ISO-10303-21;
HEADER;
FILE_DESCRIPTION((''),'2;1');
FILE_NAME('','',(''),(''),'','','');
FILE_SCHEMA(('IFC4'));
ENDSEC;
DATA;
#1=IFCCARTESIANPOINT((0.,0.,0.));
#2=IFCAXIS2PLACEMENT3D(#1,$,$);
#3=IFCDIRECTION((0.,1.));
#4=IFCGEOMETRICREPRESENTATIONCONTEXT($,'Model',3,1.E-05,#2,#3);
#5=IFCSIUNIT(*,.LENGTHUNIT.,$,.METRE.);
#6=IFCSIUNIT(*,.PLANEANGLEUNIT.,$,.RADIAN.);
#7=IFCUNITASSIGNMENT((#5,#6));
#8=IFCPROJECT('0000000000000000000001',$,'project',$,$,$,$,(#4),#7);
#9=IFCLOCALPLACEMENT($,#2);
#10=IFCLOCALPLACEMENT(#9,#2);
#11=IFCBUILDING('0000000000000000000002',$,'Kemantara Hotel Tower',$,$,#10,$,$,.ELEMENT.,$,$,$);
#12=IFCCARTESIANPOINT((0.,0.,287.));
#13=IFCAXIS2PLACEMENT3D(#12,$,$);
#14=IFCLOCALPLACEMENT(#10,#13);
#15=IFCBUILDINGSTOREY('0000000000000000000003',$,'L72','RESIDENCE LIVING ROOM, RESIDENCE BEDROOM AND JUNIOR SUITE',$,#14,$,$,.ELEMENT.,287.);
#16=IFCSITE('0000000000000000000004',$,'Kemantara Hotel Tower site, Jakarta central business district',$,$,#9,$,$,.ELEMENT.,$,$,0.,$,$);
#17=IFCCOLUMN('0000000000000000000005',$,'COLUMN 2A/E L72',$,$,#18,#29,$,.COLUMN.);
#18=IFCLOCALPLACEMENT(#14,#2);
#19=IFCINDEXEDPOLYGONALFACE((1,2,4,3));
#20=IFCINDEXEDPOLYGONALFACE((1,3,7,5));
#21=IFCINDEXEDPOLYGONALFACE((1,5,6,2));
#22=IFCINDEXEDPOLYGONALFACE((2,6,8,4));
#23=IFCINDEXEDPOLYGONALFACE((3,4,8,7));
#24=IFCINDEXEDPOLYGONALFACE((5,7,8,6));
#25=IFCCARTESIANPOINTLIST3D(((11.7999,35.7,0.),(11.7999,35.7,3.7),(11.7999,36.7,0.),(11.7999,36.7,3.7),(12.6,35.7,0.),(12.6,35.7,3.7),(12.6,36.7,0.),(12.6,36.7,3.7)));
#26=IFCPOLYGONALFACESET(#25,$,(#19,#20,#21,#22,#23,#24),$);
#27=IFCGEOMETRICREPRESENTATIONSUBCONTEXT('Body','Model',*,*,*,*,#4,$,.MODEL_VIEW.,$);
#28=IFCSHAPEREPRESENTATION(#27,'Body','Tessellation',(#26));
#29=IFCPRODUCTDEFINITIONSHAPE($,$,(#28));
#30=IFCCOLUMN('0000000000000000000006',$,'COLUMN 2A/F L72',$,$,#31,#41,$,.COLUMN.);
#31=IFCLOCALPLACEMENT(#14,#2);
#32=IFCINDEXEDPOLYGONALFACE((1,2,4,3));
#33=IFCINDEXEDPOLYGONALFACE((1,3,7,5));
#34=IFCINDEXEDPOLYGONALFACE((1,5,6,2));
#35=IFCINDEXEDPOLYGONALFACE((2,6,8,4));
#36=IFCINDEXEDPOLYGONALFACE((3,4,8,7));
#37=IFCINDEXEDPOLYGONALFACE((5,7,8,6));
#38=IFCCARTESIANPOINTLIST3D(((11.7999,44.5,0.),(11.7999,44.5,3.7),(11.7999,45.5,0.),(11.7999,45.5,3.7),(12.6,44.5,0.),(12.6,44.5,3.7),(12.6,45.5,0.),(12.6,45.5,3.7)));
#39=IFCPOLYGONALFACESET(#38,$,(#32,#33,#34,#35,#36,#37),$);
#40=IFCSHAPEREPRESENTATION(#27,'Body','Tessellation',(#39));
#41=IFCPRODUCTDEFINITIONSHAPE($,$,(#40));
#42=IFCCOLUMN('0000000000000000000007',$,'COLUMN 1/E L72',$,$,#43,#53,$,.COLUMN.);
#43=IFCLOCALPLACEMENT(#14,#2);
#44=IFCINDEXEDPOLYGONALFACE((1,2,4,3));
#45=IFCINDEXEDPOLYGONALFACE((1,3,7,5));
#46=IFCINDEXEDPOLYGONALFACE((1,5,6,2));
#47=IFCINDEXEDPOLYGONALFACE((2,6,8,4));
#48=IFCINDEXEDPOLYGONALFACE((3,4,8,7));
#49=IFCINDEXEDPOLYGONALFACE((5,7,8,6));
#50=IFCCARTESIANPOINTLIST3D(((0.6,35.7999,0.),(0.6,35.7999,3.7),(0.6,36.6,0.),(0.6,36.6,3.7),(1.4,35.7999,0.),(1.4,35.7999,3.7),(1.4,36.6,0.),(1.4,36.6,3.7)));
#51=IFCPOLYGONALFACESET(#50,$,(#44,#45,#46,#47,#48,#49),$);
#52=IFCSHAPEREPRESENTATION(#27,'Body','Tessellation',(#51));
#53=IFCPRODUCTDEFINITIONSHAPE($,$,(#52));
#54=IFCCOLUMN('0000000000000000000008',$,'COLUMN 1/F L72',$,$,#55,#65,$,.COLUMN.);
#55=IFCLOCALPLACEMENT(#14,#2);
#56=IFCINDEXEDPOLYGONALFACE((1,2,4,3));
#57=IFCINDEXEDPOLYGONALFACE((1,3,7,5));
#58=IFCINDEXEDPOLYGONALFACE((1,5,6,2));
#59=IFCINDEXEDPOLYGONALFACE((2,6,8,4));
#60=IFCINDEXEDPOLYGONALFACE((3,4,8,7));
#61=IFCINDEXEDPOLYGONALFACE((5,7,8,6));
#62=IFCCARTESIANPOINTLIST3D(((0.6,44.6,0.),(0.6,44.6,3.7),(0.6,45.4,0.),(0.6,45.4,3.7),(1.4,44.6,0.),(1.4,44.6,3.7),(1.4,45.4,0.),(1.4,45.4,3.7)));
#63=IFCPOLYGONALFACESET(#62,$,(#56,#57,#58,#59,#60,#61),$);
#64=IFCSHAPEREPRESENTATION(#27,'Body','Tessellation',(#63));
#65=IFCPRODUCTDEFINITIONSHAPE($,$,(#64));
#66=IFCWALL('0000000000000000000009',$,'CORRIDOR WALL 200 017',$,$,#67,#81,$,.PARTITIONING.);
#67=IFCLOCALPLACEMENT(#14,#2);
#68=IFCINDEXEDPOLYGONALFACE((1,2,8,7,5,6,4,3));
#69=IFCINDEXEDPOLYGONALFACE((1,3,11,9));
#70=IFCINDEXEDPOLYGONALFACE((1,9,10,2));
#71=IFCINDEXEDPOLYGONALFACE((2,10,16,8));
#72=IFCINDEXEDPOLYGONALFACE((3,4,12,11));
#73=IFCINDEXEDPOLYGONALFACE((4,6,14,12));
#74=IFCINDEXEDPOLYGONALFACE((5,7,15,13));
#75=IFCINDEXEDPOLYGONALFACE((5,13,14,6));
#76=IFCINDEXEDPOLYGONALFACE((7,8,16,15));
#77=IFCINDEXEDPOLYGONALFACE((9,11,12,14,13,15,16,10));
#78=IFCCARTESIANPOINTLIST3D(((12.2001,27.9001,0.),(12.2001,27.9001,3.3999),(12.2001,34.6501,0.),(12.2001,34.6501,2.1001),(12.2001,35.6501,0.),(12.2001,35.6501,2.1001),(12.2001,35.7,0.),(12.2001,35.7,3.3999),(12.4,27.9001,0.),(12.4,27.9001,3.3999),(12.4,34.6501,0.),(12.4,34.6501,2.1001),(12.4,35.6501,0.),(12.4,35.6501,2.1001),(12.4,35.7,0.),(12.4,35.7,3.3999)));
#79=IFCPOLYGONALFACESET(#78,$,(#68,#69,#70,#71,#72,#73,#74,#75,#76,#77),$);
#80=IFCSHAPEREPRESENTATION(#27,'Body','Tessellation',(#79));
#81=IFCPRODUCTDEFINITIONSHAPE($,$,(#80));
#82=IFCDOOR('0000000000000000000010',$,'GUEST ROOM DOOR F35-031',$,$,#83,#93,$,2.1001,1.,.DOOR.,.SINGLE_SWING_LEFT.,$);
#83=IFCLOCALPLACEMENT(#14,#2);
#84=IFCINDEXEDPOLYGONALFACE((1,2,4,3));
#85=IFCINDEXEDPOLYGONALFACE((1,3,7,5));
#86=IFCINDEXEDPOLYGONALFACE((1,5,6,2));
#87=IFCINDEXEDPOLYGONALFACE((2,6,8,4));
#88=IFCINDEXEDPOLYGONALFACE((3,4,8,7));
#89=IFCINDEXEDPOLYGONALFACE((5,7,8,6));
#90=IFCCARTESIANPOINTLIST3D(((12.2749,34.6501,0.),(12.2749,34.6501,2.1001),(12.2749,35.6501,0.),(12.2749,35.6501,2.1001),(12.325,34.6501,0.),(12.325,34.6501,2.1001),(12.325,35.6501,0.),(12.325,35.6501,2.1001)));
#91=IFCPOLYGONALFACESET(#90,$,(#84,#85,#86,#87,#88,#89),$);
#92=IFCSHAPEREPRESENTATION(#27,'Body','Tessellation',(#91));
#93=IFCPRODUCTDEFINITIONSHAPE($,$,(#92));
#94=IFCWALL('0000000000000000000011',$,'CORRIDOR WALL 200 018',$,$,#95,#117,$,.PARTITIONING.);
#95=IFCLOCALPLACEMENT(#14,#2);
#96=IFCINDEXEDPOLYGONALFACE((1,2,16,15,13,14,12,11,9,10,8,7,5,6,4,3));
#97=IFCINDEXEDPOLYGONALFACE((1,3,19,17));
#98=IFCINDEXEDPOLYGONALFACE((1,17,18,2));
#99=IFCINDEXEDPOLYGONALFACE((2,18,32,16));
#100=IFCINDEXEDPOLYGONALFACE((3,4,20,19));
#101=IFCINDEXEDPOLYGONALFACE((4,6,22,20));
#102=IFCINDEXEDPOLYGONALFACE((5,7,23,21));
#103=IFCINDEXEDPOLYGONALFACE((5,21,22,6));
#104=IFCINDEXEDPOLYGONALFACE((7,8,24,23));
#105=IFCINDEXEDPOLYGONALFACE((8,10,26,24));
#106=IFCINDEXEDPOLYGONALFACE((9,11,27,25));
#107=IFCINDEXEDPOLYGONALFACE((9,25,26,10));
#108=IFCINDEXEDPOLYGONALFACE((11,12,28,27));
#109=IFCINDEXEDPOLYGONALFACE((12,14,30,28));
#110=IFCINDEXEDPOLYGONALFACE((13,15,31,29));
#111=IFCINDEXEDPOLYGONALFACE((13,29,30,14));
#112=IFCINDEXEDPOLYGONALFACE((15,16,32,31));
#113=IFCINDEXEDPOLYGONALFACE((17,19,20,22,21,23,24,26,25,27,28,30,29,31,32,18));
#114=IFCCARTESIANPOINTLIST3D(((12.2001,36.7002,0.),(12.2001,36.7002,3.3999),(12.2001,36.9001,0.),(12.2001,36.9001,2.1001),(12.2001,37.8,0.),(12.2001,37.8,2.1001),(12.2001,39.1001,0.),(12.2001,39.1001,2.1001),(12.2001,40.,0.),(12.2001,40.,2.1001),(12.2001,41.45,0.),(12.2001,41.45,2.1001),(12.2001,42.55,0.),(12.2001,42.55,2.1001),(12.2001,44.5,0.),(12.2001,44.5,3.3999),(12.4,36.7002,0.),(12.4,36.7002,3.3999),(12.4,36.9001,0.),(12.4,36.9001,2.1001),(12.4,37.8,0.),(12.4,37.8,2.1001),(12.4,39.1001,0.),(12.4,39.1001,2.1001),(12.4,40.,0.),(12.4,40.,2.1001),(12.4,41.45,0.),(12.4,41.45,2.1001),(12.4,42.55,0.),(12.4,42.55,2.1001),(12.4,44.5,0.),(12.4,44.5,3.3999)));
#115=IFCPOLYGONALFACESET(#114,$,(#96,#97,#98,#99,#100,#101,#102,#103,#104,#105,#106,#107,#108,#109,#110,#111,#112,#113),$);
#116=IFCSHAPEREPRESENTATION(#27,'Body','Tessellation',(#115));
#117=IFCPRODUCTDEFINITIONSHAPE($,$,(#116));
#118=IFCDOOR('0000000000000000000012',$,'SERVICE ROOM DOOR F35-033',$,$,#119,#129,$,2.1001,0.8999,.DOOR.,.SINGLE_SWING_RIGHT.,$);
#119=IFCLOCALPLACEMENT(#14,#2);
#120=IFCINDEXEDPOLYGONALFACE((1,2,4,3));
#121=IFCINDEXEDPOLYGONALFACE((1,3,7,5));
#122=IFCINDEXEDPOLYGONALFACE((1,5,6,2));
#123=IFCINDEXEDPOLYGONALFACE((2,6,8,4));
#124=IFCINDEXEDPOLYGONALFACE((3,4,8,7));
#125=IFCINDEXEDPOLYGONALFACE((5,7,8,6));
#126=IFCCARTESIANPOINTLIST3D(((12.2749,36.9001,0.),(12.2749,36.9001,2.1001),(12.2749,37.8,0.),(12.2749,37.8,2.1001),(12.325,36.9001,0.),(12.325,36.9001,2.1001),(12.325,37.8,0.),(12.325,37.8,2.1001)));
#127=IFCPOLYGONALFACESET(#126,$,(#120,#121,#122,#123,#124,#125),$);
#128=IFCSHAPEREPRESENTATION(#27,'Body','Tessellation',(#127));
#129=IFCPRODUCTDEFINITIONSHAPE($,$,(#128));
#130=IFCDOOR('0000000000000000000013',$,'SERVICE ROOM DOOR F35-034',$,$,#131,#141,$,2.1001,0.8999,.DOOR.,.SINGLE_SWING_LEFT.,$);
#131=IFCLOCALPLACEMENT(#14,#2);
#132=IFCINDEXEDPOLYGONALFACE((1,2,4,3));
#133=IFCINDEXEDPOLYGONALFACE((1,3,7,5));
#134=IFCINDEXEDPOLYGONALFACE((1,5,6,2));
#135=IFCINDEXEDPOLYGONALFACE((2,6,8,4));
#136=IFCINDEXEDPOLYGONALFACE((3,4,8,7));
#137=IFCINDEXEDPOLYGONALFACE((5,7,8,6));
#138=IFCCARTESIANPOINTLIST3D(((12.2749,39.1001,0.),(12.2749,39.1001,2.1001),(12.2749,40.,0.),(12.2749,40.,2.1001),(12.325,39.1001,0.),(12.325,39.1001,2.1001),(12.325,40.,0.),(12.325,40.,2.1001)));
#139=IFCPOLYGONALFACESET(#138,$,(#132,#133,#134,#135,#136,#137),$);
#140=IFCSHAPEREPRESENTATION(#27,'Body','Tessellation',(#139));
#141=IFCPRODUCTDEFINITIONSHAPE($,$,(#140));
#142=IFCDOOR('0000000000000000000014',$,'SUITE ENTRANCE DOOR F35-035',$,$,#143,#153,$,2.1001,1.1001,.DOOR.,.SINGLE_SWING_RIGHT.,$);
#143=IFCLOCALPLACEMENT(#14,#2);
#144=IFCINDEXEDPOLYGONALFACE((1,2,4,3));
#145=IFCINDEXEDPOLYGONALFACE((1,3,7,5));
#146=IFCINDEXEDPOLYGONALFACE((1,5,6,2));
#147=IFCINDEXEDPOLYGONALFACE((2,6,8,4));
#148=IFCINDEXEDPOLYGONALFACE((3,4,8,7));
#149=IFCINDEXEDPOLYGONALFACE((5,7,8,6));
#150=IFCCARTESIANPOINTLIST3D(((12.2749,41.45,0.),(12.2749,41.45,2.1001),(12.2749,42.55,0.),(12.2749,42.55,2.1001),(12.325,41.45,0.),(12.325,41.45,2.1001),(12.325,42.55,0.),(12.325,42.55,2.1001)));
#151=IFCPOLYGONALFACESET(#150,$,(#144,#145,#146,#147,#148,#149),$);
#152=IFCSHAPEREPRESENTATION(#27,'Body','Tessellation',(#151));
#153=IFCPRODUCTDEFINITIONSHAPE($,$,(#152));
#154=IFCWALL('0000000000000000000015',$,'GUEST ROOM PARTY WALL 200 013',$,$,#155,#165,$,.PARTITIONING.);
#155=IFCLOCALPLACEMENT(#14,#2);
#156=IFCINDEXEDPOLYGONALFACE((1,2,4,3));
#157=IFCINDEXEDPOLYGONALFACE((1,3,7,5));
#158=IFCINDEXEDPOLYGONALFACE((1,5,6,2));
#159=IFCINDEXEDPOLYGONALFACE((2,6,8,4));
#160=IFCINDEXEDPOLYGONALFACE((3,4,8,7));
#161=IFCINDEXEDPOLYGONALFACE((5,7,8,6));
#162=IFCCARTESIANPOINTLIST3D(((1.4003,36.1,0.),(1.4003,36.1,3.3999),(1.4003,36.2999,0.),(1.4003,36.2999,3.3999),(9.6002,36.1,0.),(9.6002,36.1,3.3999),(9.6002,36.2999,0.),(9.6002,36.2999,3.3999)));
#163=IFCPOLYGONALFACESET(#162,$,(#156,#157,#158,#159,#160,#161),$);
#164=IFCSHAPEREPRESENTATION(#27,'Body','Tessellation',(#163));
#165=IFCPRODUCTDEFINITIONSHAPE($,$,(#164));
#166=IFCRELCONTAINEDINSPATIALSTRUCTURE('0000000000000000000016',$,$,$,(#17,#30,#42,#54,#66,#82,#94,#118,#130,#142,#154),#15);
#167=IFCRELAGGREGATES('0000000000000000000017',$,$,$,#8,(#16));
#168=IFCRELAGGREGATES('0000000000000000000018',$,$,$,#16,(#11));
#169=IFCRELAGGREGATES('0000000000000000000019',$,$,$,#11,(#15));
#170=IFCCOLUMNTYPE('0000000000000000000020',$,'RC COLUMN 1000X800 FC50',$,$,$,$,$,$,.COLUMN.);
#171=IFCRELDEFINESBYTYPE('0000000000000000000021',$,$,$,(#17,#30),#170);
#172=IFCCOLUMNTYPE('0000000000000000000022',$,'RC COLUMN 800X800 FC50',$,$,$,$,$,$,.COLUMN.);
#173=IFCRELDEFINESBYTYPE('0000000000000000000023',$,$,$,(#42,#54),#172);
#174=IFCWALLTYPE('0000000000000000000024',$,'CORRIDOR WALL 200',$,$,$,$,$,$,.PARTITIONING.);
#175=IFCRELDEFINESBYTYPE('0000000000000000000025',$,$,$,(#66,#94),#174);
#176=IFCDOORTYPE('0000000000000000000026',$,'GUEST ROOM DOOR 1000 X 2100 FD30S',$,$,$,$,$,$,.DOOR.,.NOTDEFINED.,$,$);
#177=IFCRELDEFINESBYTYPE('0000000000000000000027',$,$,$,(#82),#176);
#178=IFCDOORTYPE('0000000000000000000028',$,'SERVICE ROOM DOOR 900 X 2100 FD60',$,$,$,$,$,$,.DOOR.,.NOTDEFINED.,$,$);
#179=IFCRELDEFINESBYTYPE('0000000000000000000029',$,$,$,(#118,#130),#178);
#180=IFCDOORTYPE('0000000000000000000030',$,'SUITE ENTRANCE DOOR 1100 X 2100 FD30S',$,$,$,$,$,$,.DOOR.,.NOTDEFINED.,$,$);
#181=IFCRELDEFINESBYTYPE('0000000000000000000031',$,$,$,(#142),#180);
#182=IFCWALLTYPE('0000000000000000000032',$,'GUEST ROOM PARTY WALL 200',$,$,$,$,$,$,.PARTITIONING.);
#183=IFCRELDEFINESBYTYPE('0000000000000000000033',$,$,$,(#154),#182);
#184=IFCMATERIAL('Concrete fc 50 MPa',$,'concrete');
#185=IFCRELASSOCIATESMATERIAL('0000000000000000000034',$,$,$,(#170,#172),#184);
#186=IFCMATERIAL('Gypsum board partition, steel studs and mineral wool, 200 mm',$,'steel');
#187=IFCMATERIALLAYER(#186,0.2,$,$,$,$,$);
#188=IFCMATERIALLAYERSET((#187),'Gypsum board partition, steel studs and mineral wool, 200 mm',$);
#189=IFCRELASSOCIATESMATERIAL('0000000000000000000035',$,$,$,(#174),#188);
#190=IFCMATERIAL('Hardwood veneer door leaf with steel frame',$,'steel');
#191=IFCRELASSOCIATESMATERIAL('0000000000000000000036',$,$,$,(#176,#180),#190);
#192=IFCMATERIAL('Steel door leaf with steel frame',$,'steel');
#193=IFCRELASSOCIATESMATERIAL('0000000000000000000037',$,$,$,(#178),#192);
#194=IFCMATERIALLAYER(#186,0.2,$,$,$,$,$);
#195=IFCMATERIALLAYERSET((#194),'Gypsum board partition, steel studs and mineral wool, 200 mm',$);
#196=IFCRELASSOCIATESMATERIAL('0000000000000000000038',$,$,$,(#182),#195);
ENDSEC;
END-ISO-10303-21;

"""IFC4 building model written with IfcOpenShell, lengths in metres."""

from ifc_helpers import new_model, si_unit, direction, frame, frame_2d, origin, origin_2d, place, context, subcontext, project, spatial, rectangle, extrude, material, layer, layer_set, material_profile, profile_set, type_object, element, fill, save


model = new_model("IFC4")

# Units and contexts
model_context = context("Model", 3, precision=1e-05, world=origin(), true_north=direction((0.0, 1.0)))
body_context = subcontext(model_context, "Body", "Model", "MODEL_VIEW")
ifc_project = project(units=[si_unit("LENGTHUNIT", "METRE"), si_unit("PLANEANGLEUNIT", "RADIAN")], contexts=[model_context])

# Site, building, storey
site_placement = place(None, origin())
site = spatial("IfcSite", under=ifc_project, at=site_placement, Name="Kemantara Hotel Tower site, Jakarta central business district", CompositionType="ELEMENT", RefElevation=0.0)
building_placement = place(site_placement, origin())
building = spatial("IfcBuilding", under=site, at=building_placement, Name="Kemantara Hotel Tower", CompositionType="ELEMENT")
storey_placement = place(building_placement, frame((0.0, 0.0, 287.0)))
storey = spatial("IfcBuildingStorey", under=building, at=storey_placement, Name="L72", Description="RESIDENCE LIVING ROOM, RESIDENCE BEDROOM AND JUNIOR SUITE", CompositionType="ELEMENT", Elevation=287.0)

# Columns
ifc_material_1 = material(Name="Concrete fc 50 MPa", Category="concrete")
ifc_material_profile_1 = material_profile(ifc_material_1, rectangle(XDim=1.0, YDim=0.8, at=origin_2d()), Name="RC 1000X800")
ifc_profile_set_1 = profile_set([ifc_material_profile_1], Name="Concrete fc 50 MPa")
column_type_1 = type_object("IfcColumnType", Name="RC COLUMN 1000X800 FC50", PredefinedType="COLUMN", material=ifc_profile_set_1)
for number, where, z_axis, x_axis, name in (
    (1, (12.2, 36.2, 0.0), (0.0, 0.0, 1.0), (0.0, 1.0, 0.0), "COLUMN 2A/E L72"),
    (2, (12.2, 45.0, 0.0), (0.0, 0.0, 1.0), (0.0, 1.0, 0.0), "COLUMN 2A/F L72"),
):
    element("IfcColumn", number, at=place(storey_placement, frame(where, z_axis=z_axis, x_axis=x_axis)), inside=storey, type_object=column_type_1, Name=name, PredefinedType="COLUMN", context=body_context, shape_type="SweptSolid", body=[
        extrude(rectangle(XDim=1.0, YDim=0.8, at=origin_2d()), origin(), (0.0, 0.0, 1.0), 3.7),
    ])
ifc_material_profile_2 = material_profile(ifc_material_1, rectangle(XDim=0.8, YDim=0.8, at=origin_2d()), Name="RC 800X800")
ifc_profile_set_2 = profile_set([ifc_material_profile_2], Name="Concrete fc 50 MPa")
column_type_2 = type_object("IfcColumnType", Name="RC COLUMN 800X800 FC50", PredefinedType="COLUMN", material=ifc_profile_set_2)
for number, where, z_axis, x_axis, name in (
    (3, (1.0, 36.2, 0.0), (0.0, 0.0, 1.0), (1.0, 0.0, 0.0), "COLUMN 1/E L72"),
    (4, (1.0, 45.0, 0.0), (0.0, 0.0, 1.0), (1.0, 0.0, 0.0), "COLUMN 1/F L72"),
):
    element("IfcColumn", number, at=place(storey_placement, frame(where, z_axis=z_axis, x_axis=x_axis)), inside=storey, type_object=column_type_2, Name=name, PredefinedType="COLUMN", context=body_context, shape_type="SweptSolid", body=[
        extrude(rectangle(XDim=0.8, YDim=0.8, at=origin_2d()), origin(), (0.0, 0.0, 1.0), 3.7),
    ])

# Wall, opening, door
ifc_material_2 = material(Name="Gypsum board partition, steel studs and mineral wool, 200 mm", Category="steel")
ifc_layer_1 = layer(ifc_material_2, 0.2)
ifc_layer_set_1 = layer_set([ifc_layer_1], Name="Gypsum board partition, steel studs and mineral wool, 200 mm")
wall_type_1 = type_object("IfcWallType", Name="CORRIDOR WALL 200", PredefinedType="PARTITIONING", material=ifc_layer_set_1)
wall_1_placement = place(storey_placement, frame((12.3, 35.7, 0.0), z_axis=(0.0, 0.0, 1.0), x_axis=(0.0, -1.0, 0.0)))
wall_1 = element("IfcWall", 5, at=wall_1_placement, inside=storey, type_object=wall_type_1, Name="CORRIDOR WALL 200 017", PredefinedType="PARTITIONING", context=body_context, shape_type="SweptSolid", body=[
    extrude(rectangle(XDim=7.7998, YDim=0.2, at=frame_2d((3.8999, 0.0))), origin(), (0.0, 0.0, 1.0), 3.3999),
])
opening_1_placement = place(wall_1_placement, frame((0.0498, 0.0, 0.0)))
opening_1 = element("IfcOpeningElement", 6, at=opening_1_placement, cuts=wall_1, PredefinedType="OPENING", context=body_context, shape_type="SweptSolid", body=[
    extrude(rectangle(XDim=1.0, YDim=2.1001, at=frame_2d((0.5, 1.05))), frame((0.0, 0.1099, 0.0), z_axis=(0.0, -1.0, 0.0), x_axis=(1.0, 0.0, 0.0)), (0.0, 0.0, 1.0), 0.22),
])
ifc_material_3 = material(Name="Hardwood veneer door leaf with steel frame", Category="steel")
door_type_1 = type_object("IfcDoorType", Name="GUEST ROOM DOOR 1000 X 2100 FD30S", OperationType="NOTDEFINED", PredefinedType="DOOR", material=ifc_material_3)
door_1_placement = place(opening_1_placement, origin())
door_1 = element("IfcDoor", 7, at=door_1_placement, inside=storey, type_object=door_type_1, Name="GUEST ROOM DOOR F35-031", OperationType="SINGLE_SWING_LEFT", OverallHeight=2.1001, OverallWidth=1.0, PredefinedType="DOOR", context=body_context, shape_type="SweptSolid", body=[
    extrude(rectangle(XDim=1.0, YDim=2.1001, at=frame_2d((0.5, 1.05))), frame((0.0, 0.0249, 0.0), z_axis=(0.0, -1.0, 0.0), x_axis=(1.0, 0.0, 0.0)), (0.0, 0.0, 1.0), 0.05),
])
fill(opening_1, door_1)

# Wall, openings, doors
wall_2_placement = place(storey_placement, frame((12.3, 44.5, 0.0), z_axis=(0.0, 0.0, 1.0), x_axis=(0.0, -1.0, 0.0)))
wall_2 = element("IfcWall", 8, at=wall_2_placement, inside=storey, type_object=wall_type_1, Name="CORRIDOR WALL 200 018", PredefinedType="PARTITIONING", context=body_context, shape_type="SweptSolid", body=[
    extrude(rectangle(XDim=7.7998, YDim=0.2, at=frame_2d((3.8999, 0.0))), origin(), (0.0, 0.0, 1.0), 3.3999),
])
opening_2_placement = place(wall_2_placement, frame((6.7, 0.0, 0.0)))
opening_2 = element("IfcOpeningElement", 9, at=opening_2_placement, cuts=wall_2, PredefinedType="OPENING", context=body_context, shape_type="SweptSolid", body=[
    extrude(rectangle(XDim=0.8999, YDim=2.1001, at=frame_2d((0.45, 1.05))), frame((0.0, 0.1099, 0.0), z_axis=(0.0, -1.0, 0.0), x_axis=(1.0, 0.0, 0.0)), (0.0, 0.0, 1.0), 0.22),
])
opening_3_placement = place(wall_2_placement, frame((4.5, 0.0, 0.0)))
opening_3 = element("IfcOpeningElement", 10, at=opening_3_placement, cuts=wall_2, PredefinedType="OPENING", context=body_context, shape_type="SweptSolid", body=[
    extrude(rectangle(XDim=0.8999, YDim=2.1001, at=frame_2d((0.45, 1.05))), frame((0.0, 0.1099, 0.0), z_axis=(0.0, -1.0, 0.0), x_axis=(1.0, 0.0, 0.0)), (0.0, 0.0, 1.0), 0.22),
])
opening_4_placement = place(wall_2_placement, frame((1.95, 0.0, 0.0)))
opening_4 = element("IfcOpeningElement", 11, at=opening_4_placement, cuts=wall_2, PredefinedType="OPENING", context=body_context, shape_type="SweptSolid", body=[
    extrude(rectangle(XDim=1.1001, YDim=2.1001, at=frame_2d((0.55, 1.05))), frame((0.0, 0.1099, 0.0), z_axis=(0.0, -1.0, 0.0), x_axis=(1.0, 0.0, 0.0)), (0.0, 0.0, 1.0), 0.22),
])
ifc_material_4 = material(Name="Steel door leaf with steel frame", Category="steel")
door_type_2 = type_object("IfcDoorType", Name="SERVICE ROOM DOOR 900 X 2100 FD60", OperationType="NOTDEFINED", PredefinedType="DOOR", material=ifc_material_4)
door_2_placement = place(opening_2_placement, origin())
door_2 = element("IfcDoor", 12, at=door_2_placement, inside=storey, type_object=door_type_2, Name="SERVICE ROOM DOOR F35-033", OperationType="SINGLE_SWING_RIGHT", OverallHeight=2.1001, OverallWidth=0.8999, PredefinedType="DOOR", context=body_context, shape_type="SweptSolid", body=[
    extrude(rectangle(XDim=0.8999, YDim=2.1001, at=frame_2d((0.45, 1.05))), frame((0.0, 0.0249, 0.0), z_axis=(0.0, -1.0, 0.0), x_axis=(1.0, 0.0, 0.0)), (0.0, 0.0, 1.0), 0.05),
])
fill(opening_2, door_2)
door_3_placement = place(opening_3_placement, origin())
door_3 = element("IfcDoor", 13, at=door_3_placement, inside=storey, type_object=door_type_2, Name="SERVICE ROOM DOOR F35-034", OperationType="SINGLE_SWING_LEFT", OverallHeight=2.1001, OverallWidth=0.8999, PredefinedType="DOOR", context=body_context, shape_type="SweptSolid", body=[
    extrude(rectangle(XDim=0.8999, YDim=2.1001, at=frame_2d((0.45, 1.05))), frame((0.0, 0.0249, 0.0), z_axis=(0.0, -1.0, 0.0), x_axis=(1.0, 0.0, 0.0)), (0.0, 0.0, 1.0), 0.05),
])
fill(opening_3, door_3)
door_type_3 = type_object("IfcDoorType", Name="SUITE ENTRANCE DOOR 1100 X 2100 FD30S", OperationType="NOTDEFINED", PredefinedType="DOOR", material=ifc_material_3)
door_4_placement = place(opening_4_placement, origin())
door_4 = element("IfcDoor", 14, at=door_4_placement, inside=storey, type_object=door_type_3, Name="SUITE ENTRANCE DOOR F35-035", OperationType="SINGLE_SWING_RIGHT", OverallHeight=2.1001, OverallWidth=1.1001, PredefinedType="DOOR", context=body_context, shape_type="SweptSolid", body=[
    extrude(rectangle(XDim=1.1001, YDim=2.1001, at=frame_2d((0.55, 1.05))), frame((0.0, 0.0249, 0.0), z_axis=(0.0, -1.0, 0.0), x_axis=(1.0, 0.0, 0.0)), (0.0, 0.0, 1.0), 0.05),
])
fill(opening_4, door_4)

# Wall
ifc_layer_2 = layer(ifc_material_2, 0.2)
ifc_layer_set_2 = layer_set([ifc_layer_2], Name="Gypsum board partition, steel studs and mineral wool, 200 mm")
wall_type_2 = type_object("IfcWallType", Name="GUEST ROOM PARTY WALL 200", PredefinedType="PARTITIONING", material=ifc_layer_set_2)
wall_3_placement = place(storey_placement, frame((1.4001, 36.2, 0.0), z_axis=(0.0, 0.0, 1.0), x_axis=(1.0, 0.0, 0.0)))
element("IfcWall", 15, at=wall_3_placement, inside=storey, type_object=wall_type_2, Name="GUEST ROOM PARTY WALL 200 013", PredefinedType="PARTITIONING", context=body_context, shape_type="SweptSolid", body=[
    extrude(rectangle(XDim=8.2, YDim=0.2, at=frame_2d((4.1001, 0.0))), origin(), (0.0, 0.0, 1.0), 3.3999),
])

save(model, "model.ifc")
